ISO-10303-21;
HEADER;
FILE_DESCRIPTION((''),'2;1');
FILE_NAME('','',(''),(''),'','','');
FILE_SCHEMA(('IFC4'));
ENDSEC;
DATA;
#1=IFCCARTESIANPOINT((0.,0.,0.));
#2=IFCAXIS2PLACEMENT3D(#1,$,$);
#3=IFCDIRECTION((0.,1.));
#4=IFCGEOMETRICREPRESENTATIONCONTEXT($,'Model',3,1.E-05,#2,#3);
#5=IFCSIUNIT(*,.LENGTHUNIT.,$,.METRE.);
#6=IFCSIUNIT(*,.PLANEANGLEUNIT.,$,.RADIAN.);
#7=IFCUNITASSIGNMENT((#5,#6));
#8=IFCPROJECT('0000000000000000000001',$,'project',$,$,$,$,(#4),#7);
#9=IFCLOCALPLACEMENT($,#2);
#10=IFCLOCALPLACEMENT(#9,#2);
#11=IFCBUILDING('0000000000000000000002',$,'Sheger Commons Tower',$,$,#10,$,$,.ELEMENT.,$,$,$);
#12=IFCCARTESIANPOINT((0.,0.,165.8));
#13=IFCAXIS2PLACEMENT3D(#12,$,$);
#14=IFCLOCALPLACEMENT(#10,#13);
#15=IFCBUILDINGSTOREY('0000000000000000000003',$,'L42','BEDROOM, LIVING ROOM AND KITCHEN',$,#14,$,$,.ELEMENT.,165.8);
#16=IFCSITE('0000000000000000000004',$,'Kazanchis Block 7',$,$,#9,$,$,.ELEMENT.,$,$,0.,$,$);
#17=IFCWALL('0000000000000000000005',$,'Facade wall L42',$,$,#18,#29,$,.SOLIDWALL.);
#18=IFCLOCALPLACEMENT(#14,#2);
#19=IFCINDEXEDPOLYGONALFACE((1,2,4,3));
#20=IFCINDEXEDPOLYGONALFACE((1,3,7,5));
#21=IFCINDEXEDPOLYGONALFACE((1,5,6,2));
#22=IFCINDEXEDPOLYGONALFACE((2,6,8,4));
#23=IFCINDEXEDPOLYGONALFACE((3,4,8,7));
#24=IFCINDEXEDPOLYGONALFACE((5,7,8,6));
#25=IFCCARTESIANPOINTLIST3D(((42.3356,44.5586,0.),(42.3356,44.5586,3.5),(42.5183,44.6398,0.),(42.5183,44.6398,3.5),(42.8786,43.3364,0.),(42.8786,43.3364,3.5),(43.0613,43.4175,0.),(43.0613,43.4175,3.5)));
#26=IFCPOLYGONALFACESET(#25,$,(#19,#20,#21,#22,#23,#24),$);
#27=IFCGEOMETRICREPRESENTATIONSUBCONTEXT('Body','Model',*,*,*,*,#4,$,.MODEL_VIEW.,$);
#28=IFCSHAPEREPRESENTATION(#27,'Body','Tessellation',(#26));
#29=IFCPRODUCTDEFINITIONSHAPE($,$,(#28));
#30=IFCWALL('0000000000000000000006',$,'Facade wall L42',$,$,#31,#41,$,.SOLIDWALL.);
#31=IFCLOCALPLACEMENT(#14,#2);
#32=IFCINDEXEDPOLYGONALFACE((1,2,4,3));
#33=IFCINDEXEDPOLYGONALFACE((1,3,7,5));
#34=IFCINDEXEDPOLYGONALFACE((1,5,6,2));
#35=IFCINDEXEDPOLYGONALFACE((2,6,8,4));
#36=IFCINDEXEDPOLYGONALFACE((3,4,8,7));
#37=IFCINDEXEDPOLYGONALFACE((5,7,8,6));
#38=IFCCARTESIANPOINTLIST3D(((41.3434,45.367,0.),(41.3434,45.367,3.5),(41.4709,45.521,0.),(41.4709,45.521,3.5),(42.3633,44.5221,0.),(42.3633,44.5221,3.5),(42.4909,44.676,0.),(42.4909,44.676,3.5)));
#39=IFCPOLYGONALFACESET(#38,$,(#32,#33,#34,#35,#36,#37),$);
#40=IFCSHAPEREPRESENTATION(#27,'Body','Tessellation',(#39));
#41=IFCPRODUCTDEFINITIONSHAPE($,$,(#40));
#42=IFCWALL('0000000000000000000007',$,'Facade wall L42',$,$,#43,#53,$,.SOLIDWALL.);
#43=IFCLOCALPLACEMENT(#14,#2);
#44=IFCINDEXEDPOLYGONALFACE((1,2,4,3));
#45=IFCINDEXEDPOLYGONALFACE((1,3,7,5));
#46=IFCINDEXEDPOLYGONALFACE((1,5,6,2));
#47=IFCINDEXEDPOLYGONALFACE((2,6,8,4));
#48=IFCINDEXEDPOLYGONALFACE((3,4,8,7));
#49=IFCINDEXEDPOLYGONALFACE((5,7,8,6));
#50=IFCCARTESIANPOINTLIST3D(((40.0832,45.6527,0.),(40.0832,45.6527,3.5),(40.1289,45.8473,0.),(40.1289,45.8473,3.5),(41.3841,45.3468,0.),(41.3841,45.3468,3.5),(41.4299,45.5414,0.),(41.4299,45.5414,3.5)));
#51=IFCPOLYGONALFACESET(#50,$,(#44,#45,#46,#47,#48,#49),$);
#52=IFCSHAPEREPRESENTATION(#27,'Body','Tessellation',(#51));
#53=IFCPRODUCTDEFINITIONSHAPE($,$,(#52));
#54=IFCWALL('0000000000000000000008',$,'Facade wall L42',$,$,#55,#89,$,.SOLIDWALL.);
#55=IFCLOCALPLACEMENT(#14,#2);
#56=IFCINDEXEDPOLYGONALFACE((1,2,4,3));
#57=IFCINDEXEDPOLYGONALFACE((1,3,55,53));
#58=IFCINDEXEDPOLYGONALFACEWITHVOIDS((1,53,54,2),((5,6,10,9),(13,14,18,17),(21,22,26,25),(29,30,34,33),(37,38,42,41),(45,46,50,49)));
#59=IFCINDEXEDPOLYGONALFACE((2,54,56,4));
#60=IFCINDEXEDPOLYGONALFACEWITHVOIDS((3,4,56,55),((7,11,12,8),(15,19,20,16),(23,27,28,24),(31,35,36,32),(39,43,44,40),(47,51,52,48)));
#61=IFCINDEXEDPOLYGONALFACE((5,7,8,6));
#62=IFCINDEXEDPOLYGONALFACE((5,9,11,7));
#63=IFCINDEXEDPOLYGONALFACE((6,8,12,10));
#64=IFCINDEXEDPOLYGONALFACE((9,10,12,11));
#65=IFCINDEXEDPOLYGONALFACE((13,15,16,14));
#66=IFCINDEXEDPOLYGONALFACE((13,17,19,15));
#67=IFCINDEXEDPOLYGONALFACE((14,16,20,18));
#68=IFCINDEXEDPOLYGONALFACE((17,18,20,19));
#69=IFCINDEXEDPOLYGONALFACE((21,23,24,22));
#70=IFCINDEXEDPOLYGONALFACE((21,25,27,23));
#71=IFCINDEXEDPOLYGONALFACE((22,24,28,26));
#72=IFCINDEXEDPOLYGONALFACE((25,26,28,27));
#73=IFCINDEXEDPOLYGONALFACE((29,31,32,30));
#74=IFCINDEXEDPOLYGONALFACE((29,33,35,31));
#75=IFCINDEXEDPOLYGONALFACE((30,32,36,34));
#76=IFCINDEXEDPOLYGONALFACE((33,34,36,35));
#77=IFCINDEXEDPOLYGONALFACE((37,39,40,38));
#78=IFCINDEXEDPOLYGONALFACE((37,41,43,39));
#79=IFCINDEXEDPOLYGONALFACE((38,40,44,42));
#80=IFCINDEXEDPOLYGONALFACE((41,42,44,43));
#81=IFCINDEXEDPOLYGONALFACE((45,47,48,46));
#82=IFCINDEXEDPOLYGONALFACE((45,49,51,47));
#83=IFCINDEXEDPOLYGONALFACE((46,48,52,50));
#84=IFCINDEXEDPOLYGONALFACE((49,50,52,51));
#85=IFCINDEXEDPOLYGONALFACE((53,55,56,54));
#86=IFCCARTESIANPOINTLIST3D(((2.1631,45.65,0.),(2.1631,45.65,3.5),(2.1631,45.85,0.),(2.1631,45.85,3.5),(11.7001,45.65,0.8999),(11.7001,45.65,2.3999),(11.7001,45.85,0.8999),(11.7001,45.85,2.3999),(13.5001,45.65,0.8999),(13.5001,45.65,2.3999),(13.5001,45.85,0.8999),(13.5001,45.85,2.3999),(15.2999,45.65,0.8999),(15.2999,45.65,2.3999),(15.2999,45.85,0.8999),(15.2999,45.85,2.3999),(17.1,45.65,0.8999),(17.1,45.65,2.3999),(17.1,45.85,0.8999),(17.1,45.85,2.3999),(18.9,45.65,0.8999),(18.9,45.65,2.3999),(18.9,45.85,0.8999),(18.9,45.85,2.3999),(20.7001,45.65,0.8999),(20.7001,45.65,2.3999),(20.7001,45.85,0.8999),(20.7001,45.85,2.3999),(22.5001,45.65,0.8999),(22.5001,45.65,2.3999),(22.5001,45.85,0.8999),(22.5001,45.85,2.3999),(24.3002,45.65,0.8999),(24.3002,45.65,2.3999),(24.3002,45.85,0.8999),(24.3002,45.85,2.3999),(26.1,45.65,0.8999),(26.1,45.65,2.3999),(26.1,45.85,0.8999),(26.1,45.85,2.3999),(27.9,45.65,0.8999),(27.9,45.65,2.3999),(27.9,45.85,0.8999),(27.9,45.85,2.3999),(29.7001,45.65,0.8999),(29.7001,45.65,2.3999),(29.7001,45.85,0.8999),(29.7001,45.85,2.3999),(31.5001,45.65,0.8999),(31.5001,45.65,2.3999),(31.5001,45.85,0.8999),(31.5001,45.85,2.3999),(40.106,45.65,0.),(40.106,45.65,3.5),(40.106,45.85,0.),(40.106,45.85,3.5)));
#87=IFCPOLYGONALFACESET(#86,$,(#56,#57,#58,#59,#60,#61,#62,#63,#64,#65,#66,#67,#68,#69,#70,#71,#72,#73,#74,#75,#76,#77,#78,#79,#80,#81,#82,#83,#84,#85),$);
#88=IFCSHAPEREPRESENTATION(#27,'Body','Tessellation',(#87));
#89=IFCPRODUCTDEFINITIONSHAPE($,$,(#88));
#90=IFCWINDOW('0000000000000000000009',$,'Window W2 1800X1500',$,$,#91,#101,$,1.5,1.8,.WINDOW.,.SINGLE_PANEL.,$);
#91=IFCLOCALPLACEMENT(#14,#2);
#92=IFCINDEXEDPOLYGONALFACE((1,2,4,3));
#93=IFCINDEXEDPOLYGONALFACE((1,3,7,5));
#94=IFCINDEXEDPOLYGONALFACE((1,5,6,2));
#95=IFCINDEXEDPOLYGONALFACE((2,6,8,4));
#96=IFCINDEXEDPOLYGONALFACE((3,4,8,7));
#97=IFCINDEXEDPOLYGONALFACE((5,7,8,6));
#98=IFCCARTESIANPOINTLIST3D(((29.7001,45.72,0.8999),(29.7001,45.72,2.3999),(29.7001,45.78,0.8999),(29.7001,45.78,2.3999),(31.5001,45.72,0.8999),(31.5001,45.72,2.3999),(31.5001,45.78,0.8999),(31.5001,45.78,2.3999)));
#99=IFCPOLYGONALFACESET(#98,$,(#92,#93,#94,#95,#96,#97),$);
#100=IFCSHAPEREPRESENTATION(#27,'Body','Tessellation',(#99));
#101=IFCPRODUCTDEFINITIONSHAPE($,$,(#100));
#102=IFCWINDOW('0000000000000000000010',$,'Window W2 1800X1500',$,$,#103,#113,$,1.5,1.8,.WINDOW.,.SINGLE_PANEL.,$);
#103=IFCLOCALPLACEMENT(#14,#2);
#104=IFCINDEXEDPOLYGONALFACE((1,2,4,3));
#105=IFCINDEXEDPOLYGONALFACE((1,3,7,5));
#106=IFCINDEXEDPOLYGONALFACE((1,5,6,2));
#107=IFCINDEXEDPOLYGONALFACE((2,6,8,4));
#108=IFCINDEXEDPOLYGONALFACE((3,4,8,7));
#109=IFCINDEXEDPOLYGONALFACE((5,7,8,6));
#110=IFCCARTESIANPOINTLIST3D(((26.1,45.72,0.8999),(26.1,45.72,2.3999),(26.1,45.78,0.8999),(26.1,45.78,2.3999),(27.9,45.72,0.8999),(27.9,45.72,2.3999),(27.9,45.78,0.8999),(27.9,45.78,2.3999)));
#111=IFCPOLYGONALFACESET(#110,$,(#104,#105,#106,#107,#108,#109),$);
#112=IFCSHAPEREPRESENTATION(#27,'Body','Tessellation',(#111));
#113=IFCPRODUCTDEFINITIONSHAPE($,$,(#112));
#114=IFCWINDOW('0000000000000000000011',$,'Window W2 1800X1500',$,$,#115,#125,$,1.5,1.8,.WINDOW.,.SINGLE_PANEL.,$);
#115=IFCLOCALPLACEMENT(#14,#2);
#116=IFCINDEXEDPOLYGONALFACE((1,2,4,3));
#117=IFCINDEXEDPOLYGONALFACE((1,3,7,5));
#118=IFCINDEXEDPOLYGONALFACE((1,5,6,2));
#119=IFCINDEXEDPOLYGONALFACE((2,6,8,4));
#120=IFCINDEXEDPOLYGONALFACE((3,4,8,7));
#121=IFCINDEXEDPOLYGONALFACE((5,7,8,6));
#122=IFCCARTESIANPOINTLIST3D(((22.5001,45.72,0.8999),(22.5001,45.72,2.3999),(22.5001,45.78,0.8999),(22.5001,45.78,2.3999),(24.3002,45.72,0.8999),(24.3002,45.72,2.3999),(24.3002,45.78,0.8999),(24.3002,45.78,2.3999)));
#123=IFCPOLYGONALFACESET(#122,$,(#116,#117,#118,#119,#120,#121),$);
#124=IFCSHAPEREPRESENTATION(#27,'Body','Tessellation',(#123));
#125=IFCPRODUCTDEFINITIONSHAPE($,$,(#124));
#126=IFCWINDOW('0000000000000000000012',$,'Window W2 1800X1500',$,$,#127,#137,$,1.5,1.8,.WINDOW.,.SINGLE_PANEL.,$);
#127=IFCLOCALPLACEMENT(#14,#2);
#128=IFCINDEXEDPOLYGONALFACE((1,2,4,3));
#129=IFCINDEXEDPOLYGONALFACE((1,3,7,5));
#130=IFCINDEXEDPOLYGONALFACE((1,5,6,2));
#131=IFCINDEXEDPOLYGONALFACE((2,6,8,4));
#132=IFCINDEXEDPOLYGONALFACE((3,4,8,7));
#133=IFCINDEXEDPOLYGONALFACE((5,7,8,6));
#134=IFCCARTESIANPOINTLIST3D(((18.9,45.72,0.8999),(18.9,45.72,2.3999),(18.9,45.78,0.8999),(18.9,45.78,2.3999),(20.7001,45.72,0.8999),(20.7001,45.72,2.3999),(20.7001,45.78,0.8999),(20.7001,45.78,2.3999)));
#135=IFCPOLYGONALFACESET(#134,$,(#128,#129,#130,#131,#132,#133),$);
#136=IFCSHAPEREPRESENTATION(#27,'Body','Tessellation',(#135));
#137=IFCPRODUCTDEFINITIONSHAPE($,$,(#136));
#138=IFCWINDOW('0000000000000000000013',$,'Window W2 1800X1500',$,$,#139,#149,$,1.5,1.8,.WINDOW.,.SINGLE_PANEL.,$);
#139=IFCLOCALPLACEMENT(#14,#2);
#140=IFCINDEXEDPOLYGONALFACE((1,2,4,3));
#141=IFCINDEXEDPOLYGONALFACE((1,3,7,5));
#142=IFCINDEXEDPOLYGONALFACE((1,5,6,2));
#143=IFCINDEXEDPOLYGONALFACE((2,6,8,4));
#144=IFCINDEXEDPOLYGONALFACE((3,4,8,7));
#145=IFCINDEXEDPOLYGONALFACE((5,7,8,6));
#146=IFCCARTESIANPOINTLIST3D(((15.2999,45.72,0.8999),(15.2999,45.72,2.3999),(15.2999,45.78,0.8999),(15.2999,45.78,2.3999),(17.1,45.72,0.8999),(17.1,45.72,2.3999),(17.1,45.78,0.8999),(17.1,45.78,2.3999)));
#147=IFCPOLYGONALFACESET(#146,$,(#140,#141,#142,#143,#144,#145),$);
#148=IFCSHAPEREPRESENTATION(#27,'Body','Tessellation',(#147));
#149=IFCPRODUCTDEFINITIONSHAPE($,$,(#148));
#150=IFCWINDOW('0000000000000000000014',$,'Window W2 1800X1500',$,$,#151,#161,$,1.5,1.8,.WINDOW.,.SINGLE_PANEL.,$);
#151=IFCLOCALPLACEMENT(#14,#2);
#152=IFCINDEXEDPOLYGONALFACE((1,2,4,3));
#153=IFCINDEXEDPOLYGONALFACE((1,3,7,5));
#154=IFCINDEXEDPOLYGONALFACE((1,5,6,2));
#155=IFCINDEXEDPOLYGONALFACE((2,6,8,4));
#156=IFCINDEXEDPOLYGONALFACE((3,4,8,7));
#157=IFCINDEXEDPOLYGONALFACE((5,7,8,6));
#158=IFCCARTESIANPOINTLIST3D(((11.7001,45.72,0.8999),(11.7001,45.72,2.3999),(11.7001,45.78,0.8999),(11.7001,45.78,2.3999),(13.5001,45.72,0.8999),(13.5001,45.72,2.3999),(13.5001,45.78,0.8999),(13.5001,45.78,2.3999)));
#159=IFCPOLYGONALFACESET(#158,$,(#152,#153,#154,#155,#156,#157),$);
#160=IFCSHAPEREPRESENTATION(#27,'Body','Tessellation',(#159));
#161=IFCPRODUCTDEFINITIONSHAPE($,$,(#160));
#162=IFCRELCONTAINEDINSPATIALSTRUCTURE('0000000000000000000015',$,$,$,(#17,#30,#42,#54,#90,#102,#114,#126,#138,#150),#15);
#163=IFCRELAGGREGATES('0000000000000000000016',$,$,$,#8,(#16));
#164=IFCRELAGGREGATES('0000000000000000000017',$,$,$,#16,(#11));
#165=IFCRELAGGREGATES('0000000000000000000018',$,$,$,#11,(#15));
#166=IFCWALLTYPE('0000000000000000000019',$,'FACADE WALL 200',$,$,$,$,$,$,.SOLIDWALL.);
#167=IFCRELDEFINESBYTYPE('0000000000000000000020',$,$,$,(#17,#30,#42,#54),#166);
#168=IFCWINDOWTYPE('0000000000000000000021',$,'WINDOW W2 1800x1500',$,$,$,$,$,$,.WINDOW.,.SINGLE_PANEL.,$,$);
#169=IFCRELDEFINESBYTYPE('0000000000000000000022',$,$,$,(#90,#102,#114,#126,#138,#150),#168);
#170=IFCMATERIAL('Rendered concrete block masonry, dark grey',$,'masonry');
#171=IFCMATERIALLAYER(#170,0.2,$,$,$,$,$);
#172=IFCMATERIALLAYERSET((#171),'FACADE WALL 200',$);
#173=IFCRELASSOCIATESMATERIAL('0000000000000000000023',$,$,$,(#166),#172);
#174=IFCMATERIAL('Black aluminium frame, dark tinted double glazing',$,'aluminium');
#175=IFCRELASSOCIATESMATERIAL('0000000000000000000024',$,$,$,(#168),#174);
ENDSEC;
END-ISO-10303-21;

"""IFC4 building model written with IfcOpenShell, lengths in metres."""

from ifc_helpers import new_model, si_unit, direction, frame, frame_2d, origin, place, context, subcontext, project, spatial, rectangle, extrude, material, layer, layer_set, type_object, element, fill, save


model = new_model("IFC4")

# Units and contexts
model_context = context("Model", 3, precision=1e-05, world=origin(), true_north=direction((0.0, 1.0)))
body_context = subcontext(model_context, "Body", "Model", "MODEL_VIEW")
ifc_project = project(units=[si_unit("LENGTHUNIT", "METRE"), si_unit("PLANEANGLEUNIT", "RADIAN")], contexts=[model_context])

# Site, building, storey
site_placement = place(None, origin())
site = spatial("IfcSite", under=ifc_project, at=site_placement, Name="Kazanchis Block 7", CompositionType="ELEMENT", RefElevation=0.0)
building_placement = place(site_placement, origin())
building = spatial("IfcBuilding", under=site, at=building_placement, Name="Sheger Commons Tower", CompositionType="ELEMENT")
storey_placement = place(building_placement, frame((0.0, 0.0, 165.8)))
storey = spatial("IfcBuildingStorey", under=building, at=storey_placement, Name="L42", Description="BEDROOM, LIVING ROOM AND KITCHEN", CompositionType="ELEMENT", Elevation=165.8)

# Walls
ifc_material_1 = material(Name="Rendered concrete block masonry, dark grey", Category="masonry")
ifc_layer_1 = layer(ifc_material_1, 0.2)
ifc_layer_set_1 = layer_set([ifc_layer_1], Name="FACADE WALL 200")
wall_type_1 = type_object("IfcWallType", Name="FACADE WALL 200", PredefinedType="SOLIDWALL", material=ifc_layer_set_1)
wall_1_placement = place(storey_placement, frame((42.97, 43.377, 0.0), z_axis=(0.0, 0.0, 1.0), x_axis=(-0.406003, 0.913872, 0.0)))
element("IfcWall", 1, at=wall_1_placement, inside=storey, type_object=wall_type_1, Name="Facade wall L42", PredefinedType="SOLIDWALL", context=body_context, shape_type="SweptSolid", body=[
    extrude(rectangle(XDim=1.3374, YDim=0.2, at=frame_2d((0.6687, 0.0))), origin(), (0.0, 0.0, 1.0), 3.5),
])
wall_2_placement = place(storey_placement, frame((42.427, 44.5991, 0.0), z_axis=(0.0, 0.0, 1.0), x_axis=(-0.770091, 0.637934, 0.0)))
element("IfcWall", 2, at=wall_2_placement, inside=storey, type_object=wall_type_1, Name="Facade wall L42", PredefinedType="SOLIDWALL", context=body_context, shape_type="SweptSolid", body=[
    extrude(rectangle(XDim=1.3245, YDim=0.2, at=frame_2d((0.6621, 0.0))), origin(), (0.0, 0.0, 1.0), 3.5),
])
wall_3_placement = place(storey_placement, frame((41.407, 45.4441, 0.0), z_axis=(0.0, 0.0, 1.0), x_axis=(-0.973453, 0.228887, 0.0)))
element("IfcWall", 3, at=wall_3_placement, inside=storey, type_object=wall_type_1, Name="Facade wall L42", PredefinedType="SOLIDWALL", context=body_context, shape_type="SweptSolid", body=[
    extrude(rectangle(XDim=1.3364, YDim=0.2, at=frame_2d((0.6682, 0.0))), origin(), (0.0, 0.0, 1.0), 3.5),
])

# Wall, openings, windows
wall_4_placement = place(storey_placement, frame((40.106, 45.75, 0.0), z_axis=(0.0, 0.0, 1.0), x_axis=(-1.0, 0.0, 0.0)))
wall_4 = element("IfcWall", 4, at=wall_4_placement, inside=storey, type_object=wall_type_1, Name="Facade wall L42", PredefinedType="SOLIDWALL", context=body_context, shape_type="SweptSolid", body=[
    extrude(rectangle(XDim=37.9429, YDim=0.2, at=frame_2d((18.9714, 0.0))), origin(), (0.0, 0.0, 1.0), 3.5),
])
opening_1_placement = place(wall_4_placement, frame((8.606, 0.0, 0.8999)))
opening_1 = element("IfcOpeningElement", 5, at=opening_1_placement, cuts=wall_4, PredefinedType="OPENING", context=body_context, shape_type="SweptSolid", body=[
    extrude(rectangle(XDim=1.8, YDim=1.5, at=frame_2d((0.8999, 0.75))), frame((0.0, 0.1099, 0.0), z_axis=(0.0, -1.0, 0.0), x_axis=(1.0, 0.0, 0.0)), (0.0, 0.0, 1.0), 0.22),
])
opening_2_placement = place(wall_4_placement, frame((12.2061, 0.0, 0.8999)))
opening_2 = element("IfcOpeningElement", 6, at=opening_2_placement, cuts=wall_4, PredefinedType="OPENING", context=body_context, shape_type="SweptSolid", body=[
    extrude(rectangle(XDim=1.8, YDim=1.5, at=frame_2d((0.8999, 0.75))), frame((0.0, 0.1099, 0.0), z_axis=(0.0, -1.0, 0.0), x_axis=(1.0, 0.0, 0.0)), (0.0, 0.0, 1.0), 0.22),
])
opening_3_placement = place(wall_4_placement, frame((15.8059, 0.0, 0.8999)))
opening_3 = element("IfcOpeningElement", 7, at=opening_3_placement, cuts=wall_4, PredefinedType="OPENING", context=body_context, shape_type="SweptSolid", body=[
    extrude(rectangle(XDim=1.8, YDim=1.5, at=frame_2d((0.8999, 0.75))), frame((0.0, 0.1099, 0.0), z_axis=(0.0, -1.0, 0.0), x_axis=(1.0, 0.0, 0.0)), (0.0, 0.0, 1.0), 0.22),
])
opening_4_placement = place(wall_4_placement, frame((19.406, 0.0, 0.8999)))
opening_4 = element("IfcOpeningElement", 8, at=opening_4_placement, cuts=wall_4, PredefinedType="OPENING", context=body_context, shape_type="SweptSolid", body=[
    extrude(rectangle(XDim=1.8, YDim=1.5, at=frame_2d((0.8999, 0.75))), frame((0.0, 0.1099, 0.0), z_axis=(0.0, -1.0, 0.0), x_axis=(1.0, 0.0, 0.0)), (0.0, 0.0, 1.0), 0.22),
])
opening_5_placement = place(wall_4_placement, frame((23.0061, 0.0, 0.8999)))
opening_5 = element("IfcOpeningElement", 9, at=opening_5_placement, cuts=wall_4, PredefinedType="OPENING", context=body_context, shape_type="SweptSolid", body=[
    extrude(rectangle(XDim=1.8, YDim=1.5, at=frame_2d((0.8999, 0.75))), frame((0.0, 0.1099, 0.0), z_axis=(0.0, -1.0, 0.0), x_axis=(1.0, 0.0, 0.0)), (0.0, 0.0, 1.0), 0.22),
])
opening_6_placement = place(wall_4_placement, frame((26.606, 0.0, 0.8999)))
opening_6 = element("IfcOpeningElement", 10, at=opening_6_placement, cuts=wall_4, PredefinedType="OPENING", context=body_context, shape_type="SweptSolid", body=[
    extrude(rectangle(XDim=1.8, YDim=1.5, at=frame_2d((0.8999, 0.75))), frame((0.0, 0.1099, 0.0), z_axis=(0.0, -1.0, 0.0), x_axis=(1.0, 0.0, 0.0)), (0.0, 0.0, 1.0), 0.22),
])
ifc_material_2 = material(Name="Black aluminium frame, dark tinted double glazing", Category="aluminium")
window_type = type_object("IfcWindowType", Name="WINDOW W2 1800x1500", PartitioningType="SINGLE_PANEL", PredefinedType="WINDOW", material=ifc_material_2)
window_1_placement = place(opening_1_placement, origin())
window_1 = element("IfcWindow", 11, at=window_1_placement, inside=storey, type_object=window_type, Name="Window W2 1800X1500", OverallHeight=1.5, OverallWidth=1.8, PartitioningType="SINGLE_PANEL", PredefinedType="WINDOW", context=body_context, shape_type="SweptSolid", body=[
    extrude(rectangle(XDim=1.8, YDim=1.5, at=frame_2d((0.8999, 0.75))), frame((0.0, 0.03, 0.0), z_axis=(0.0, -1.0, 0.0), x_axis=(1.0, 0.0, 0.0)), (0.0, 0.0, 1.0), 0.0601),
])
fill(opening_1, window_1)
window_2_placement = place(opening_2_placement, origin())
window_2 = element("IfcWindow", 12, at=window_2_placement, inside=storey, type_object=window_type, Name="Window W2 1800X1500", OverallHeight=1.5, OverallWidth=1.8, PartitioningType="SINGLE_PANEL", PredefinedType="WINDOW", context=body_context, shape_type="SweptSolid", body=[
    extrude(rectangle(XDim=1.8, YDim=1.5, at=frame_2d((0.8999, 0.75))), frame((0.0, 0.03, 0.0), z_axis=(0.0, -1.0, 0.0), x_axis=(1.0, 0.0, 0.0)), (0.0, 0.0, 1.0), 0.0601),
])
fill(opening_2, window_2)
window_3_placement = place(opening_3_placement, origin())
window_3 = element("IfcWindow", 13, at=window_3_placement, inside=storey, type_object=window_type, Name="Window W2 1800X1500", OverallHeight=1.5, OverallWidth=1.8, PartitioningType="SINGLE_PANEL", PredefinedType="WINDOW", context=body_context, shape_type="SweptSolid", body=[
    extrude(rectangle(XDim=1.8, YDim=1.5, at=frame_2d((0.8999, 0.75))), frame((0.0, 0.03, 0.0), z_axis=(0.0, -1.0, 0.0), x_axis=(1.0, 0.0, 0.0)), (0.0, 0.0, 1.0), 0.0601),
])
fill(opening_3, window_3)
window_4_placement = place(opening_4_placement, origin())
window_4 = element("IfcWindow", 14, at=window_4_placement, inside=storey, type_object=window_type, Name="Window W2 1800X1500", OverallHeight=1.5, OverallWidth=1.8, PartitioningType="SINGLE_PANEL", PredefinedType="WINDOW", context=body_context, shape_type="SweptSolid", body=[
    extrude(rectangle(XDim=1.8, YDim=1.5, at=frame_2d((0.8999, 0.75))), frame((0.0, 0.03, 0.0), z_axis=(0.0, -1.0, 0.0), x_axis=(1.0, 0.0, 0.0)), (0.0, 0.0, 1.0), 0.0601),
])
fill(opening_4, window_4)
window_5_placement = place(opening_5_placement, origin())
window_5 = element("IfcWindow", 15, at=window_5_placement, inside=storey, type_object=window_type, Name="Window W2 1800X1500", OverallHeight=1.5, OverallWidth=1.8, PartitioningType="SINGLE_PANEL", PredefinedType="WINDOW", context=body_context, shape_type="SweptSolid", body=[
    extrude(rectangle(XDim=1.8, YDim=1.5, at=frame_2d((0.8999, 0.75))), frame((0.0, 0.03, 0.0), z_axis=(0.0, -1.0, 0.0), x_axis=(1.0, 0.0, 0.0)), (0.0, 0.0, 1.0), 0.0601),
])
fill(opening_5, window_5)
window_6_placement = place(opening_6_placement, origin())
window_6 = element("IfcWindow", 16, at=window_6_placement, inside=storey, type_object=window_type, Name="Window W2 1800X1500", OverallHeight=1.5, OverallWidth=1.8, PartitioningType="SINGLE_PANEL", PredefinedType="WINDOW", context=body_context, shape_type="SweptSolid", body=[
    extrude(rectangle(XDim=1.8, YDim=1.5, at=frame_2d((0.8999, 0.75))), frame((0.0, 0.03, 0.0), z_axis=(0.0, -1.0, 0.0), x_axis=(1.0, 0.0, 0.0)), (0.0, 0.0, 1.0), 0.0601),
])
fill(opening_6, window_6)

save(model, "model.ifc")
